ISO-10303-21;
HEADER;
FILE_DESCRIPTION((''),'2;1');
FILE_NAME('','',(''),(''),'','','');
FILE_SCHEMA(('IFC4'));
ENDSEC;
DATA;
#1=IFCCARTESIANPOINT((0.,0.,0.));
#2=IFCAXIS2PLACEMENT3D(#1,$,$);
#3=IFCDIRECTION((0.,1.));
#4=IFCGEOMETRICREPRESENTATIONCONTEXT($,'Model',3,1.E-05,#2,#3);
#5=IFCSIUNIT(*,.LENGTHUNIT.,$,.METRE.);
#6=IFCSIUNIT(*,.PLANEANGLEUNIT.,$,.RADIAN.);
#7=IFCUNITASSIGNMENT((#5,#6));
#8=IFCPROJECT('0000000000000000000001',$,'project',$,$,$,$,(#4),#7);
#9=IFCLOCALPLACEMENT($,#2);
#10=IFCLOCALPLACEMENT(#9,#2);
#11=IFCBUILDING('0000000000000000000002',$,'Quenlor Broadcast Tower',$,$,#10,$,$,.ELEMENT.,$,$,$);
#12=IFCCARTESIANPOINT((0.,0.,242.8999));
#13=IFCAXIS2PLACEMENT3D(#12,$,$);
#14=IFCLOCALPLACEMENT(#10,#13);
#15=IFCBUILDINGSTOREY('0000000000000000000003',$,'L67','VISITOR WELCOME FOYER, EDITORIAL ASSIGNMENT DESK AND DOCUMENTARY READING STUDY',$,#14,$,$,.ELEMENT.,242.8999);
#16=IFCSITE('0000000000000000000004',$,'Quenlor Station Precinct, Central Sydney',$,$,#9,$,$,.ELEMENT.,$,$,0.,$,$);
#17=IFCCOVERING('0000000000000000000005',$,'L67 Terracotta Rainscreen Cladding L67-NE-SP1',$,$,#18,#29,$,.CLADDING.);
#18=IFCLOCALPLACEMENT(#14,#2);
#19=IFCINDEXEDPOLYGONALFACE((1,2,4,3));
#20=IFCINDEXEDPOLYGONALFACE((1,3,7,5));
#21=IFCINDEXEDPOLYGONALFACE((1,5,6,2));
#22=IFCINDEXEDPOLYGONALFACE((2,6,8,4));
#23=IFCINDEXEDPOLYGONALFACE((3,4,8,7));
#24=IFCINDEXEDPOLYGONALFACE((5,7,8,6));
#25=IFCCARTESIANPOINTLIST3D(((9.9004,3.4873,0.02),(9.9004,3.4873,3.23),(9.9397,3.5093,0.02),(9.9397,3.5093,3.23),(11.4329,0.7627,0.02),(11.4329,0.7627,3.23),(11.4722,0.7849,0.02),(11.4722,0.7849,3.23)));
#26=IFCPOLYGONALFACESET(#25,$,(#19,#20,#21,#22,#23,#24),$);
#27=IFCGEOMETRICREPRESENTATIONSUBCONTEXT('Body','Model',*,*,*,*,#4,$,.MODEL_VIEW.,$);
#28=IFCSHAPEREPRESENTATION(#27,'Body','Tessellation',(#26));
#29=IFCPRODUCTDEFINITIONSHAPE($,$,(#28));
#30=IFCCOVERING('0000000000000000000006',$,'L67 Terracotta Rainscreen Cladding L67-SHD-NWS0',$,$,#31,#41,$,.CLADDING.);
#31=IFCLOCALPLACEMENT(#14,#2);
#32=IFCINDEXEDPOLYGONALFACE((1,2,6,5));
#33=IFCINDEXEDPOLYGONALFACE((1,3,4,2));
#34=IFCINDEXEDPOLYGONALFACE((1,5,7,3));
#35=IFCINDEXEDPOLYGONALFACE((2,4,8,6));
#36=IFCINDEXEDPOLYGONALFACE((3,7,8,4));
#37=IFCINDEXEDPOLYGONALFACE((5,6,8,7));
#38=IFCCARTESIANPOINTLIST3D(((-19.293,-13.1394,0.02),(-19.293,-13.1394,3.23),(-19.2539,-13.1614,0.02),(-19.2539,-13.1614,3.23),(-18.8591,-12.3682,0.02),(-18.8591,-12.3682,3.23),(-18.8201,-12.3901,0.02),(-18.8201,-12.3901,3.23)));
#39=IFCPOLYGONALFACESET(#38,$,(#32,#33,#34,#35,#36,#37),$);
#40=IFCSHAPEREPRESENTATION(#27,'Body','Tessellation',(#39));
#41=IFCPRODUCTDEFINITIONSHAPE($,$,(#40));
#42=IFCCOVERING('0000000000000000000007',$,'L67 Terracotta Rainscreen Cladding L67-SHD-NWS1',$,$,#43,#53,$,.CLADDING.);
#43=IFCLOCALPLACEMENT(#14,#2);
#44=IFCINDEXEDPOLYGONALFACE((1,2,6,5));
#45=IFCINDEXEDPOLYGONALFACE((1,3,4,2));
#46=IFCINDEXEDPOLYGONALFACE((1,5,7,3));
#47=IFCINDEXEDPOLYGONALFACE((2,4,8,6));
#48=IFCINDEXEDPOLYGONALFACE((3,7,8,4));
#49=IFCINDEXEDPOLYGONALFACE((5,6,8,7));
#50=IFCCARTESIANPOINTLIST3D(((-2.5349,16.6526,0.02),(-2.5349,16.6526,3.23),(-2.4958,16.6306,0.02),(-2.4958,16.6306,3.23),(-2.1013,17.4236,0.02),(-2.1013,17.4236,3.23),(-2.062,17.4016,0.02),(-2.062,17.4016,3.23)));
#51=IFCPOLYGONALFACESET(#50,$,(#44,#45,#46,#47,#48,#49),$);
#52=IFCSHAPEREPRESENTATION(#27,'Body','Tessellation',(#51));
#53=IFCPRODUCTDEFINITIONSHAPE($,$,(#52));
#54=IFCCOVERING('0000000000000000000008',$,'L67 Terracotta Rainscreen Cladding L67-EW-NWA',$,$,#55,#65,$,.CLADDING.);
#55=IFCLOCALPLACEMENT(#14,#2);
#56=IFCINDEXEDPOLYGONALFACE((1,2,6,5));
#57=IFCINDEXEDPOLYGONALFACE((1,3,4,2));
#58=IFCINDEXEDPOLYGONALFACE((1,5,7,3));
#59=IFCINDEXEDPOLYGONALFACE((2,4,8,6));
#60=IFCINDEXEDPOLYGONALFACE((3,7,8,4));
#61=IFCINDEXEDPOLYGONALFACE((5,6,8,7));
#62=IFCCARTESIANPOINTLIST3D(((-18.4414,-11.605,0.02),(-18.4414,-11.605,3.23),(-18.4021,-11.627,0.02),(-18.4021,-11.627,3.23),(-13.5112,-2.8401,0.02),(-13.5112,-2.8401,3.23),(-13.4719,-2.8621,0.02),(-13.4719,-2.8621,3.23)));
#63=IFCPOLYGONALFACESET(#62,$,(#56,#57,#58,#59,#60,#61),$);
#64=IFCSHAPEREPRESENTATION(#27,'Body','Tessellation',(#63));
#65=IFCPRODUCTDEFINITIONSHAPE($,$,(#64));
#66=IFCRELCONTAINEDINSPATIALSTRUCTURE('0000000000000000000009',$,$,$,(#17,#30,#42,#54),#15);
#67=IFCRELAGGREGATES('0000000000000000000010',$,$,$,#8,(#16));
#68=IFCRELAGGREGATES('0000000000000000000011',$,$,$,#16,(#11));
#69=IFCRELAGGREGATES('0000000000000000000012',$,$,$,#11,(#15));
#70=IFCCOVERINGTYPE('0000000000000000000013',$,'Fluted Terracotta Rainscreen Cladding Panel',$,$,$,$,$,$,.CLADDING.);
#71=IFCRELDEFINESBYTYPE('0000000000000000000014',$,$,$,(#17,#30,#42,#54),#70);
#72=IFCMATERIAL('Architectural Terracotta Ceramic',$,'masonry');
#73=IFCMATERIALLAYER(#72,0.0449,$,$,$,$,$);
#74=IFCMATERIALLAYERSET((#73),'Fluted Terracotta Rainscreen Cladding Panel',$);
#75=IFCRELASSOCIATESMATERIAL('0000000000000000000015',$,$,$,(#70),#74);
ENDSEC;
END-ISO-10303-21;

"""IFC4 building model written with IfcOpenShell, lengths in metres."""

from ifc_helpers import new_model, si_unit, direction, frame, origin, place, context, subcontext, project, spatial, polyline, outline, extrude, material, layer, layer_set, type_object, element, save


model = new_model("IFC4")

# Units and contexts
model_context = context("Model", 3, precision=1e-05, world=origin(), true_north=direction((0.0, 1.0)))
body_context = subcontext(model_context, "Body", "Model", "MODEL_VIEW")
ifc_project = project(units=[si_unit("LENGTHUNIT", "METRE"), si_unit("PLANEANGLEUNIT", "RADIAN")], contexts=[model_context])

# Site, building, storey
site_placement = place(None, origin())
site = spatial("IfcSite", under=ifc_project, at=site_placement, Name="Quenlor Station Precinct, Central Sydney", CompositionType="ELEMENT", RefElevation=0.0)
building_placement = place(site_placement, origin())
building = spatial("IfcBuilding", under=site, at=building_placement, Name="Quenlor Broadcast Tower", CompositionType="ELEMENT")
storey_placement = place(building_placement, frame((0.0, 0.0, 242.8999)))
storey = spatial("IfcBuildingStorey", under=building, at=storey_placement, Name="L67", Description="VISITOR WELCOME FOYER, EDITORIAL ASSIGNMENT DESK AND DOCUMENTARY READING STUDY", CompositionType="ELEMENT", Elevation=242.8999)

# Coverings
ifc_material_1 = material(Name="Architectural Terracotta Ceramic", Category="masonry")
ifc_layer_1 = layer(ifc_material_1, 0.0449)
ifc_layer_set_1 = layer_set([ifc_layer_1], Name="Fluted Terracotta Rainscreen Cladding Panel")
covering_type = type_object("IfcCoveringType", Name="Fluted Terracotta Rainscreen Cladding Panel", PredefinedType="CLADDING", material=ifc_layer_set_1)
covering_1_placement = place(storey_placement, frame((0.0, 0.0, 0.02)))
element("IfcCovering", 1, at=covering_1_placement, inside=storey, type_object=covering_type, Name="L67 Terracotta Rainscreen Cladding L67-NE-SP1", PredefinedType="CLADDING", context=body_context, shape_type="SweptSolid", body=[
    extrude(outline(polyline([(9.9004, 3.4873), (11.4329, 0.7627), (11.4722, 0.7849), (9.9397, 3.5093), (9.9004, 3.4873)])), origin(), (0.0, 0.0, 1.0), 3.21),
])
covering_2_placement = place(storey_placement, frame((0.0, 0.0, 0.02)))
element("IfcCovering", 2, at=covering_2_placement, inside=storey, type_object=covering_type, Name="L67 Terracotta Rainscreen Cladding L67-SHD-NWS0", PredefinedType="CLADDING", context=body_context, shape_type="SweptSolid", body=[
    extrude(outline(polyline([(-19.2539, -13.1614), (-18.8201, -12.3901), (-18.8591, -12.3682), (-19.293, -13.1394), (-19.2539, -13.1614)])), origin(), (0.0, 0.0, 1.0), 3.21),
])
covering_3_placement = place(storey_placement, frame((0.0, 0.0, 0.02)))
element("IfcCovering", 3, at=covering_3_placement, inside=storey, type_object=covering_type, Name="L67 Terracotta Rainscreen Cladding L67-SHD-NWS1", PredefinedType="CLADDING", context=body_context, shape_type="SweptSolid", body=[
    extrude(outline(polyline([(-2.4958, 16.6306), (-2.062, 17.4016), (-2.1013, 17.4236), (-2.5349, 16.6526), (-2.4958, 16.6306)])), origin(), (0.0, 0.0, 1.0), 3.21),
])
covering_4_placement = place(storey_placement, frame((0.0, 0.0, 0.02)))
element("IfcCovering", 4, at=covering_4_placement, inside=storey, type_object=covering_type, Name="L67 Terracotta Rainscreen Cladding L67-EW-NWA", PredefinedType="CLADDING", context=body_context, shape_type="SweptSolid", body=[
    extrude(outline(polyline([(-18.4021, -11.627), (-13.4719, -2.8621), (-13.5112, -2.8401), (-18.4414, -11.605), (-18.4021, -11.627)])), origin(), (0.0, 0.0, 1.0), 3.21),
])

save(model, "model.ifc")
